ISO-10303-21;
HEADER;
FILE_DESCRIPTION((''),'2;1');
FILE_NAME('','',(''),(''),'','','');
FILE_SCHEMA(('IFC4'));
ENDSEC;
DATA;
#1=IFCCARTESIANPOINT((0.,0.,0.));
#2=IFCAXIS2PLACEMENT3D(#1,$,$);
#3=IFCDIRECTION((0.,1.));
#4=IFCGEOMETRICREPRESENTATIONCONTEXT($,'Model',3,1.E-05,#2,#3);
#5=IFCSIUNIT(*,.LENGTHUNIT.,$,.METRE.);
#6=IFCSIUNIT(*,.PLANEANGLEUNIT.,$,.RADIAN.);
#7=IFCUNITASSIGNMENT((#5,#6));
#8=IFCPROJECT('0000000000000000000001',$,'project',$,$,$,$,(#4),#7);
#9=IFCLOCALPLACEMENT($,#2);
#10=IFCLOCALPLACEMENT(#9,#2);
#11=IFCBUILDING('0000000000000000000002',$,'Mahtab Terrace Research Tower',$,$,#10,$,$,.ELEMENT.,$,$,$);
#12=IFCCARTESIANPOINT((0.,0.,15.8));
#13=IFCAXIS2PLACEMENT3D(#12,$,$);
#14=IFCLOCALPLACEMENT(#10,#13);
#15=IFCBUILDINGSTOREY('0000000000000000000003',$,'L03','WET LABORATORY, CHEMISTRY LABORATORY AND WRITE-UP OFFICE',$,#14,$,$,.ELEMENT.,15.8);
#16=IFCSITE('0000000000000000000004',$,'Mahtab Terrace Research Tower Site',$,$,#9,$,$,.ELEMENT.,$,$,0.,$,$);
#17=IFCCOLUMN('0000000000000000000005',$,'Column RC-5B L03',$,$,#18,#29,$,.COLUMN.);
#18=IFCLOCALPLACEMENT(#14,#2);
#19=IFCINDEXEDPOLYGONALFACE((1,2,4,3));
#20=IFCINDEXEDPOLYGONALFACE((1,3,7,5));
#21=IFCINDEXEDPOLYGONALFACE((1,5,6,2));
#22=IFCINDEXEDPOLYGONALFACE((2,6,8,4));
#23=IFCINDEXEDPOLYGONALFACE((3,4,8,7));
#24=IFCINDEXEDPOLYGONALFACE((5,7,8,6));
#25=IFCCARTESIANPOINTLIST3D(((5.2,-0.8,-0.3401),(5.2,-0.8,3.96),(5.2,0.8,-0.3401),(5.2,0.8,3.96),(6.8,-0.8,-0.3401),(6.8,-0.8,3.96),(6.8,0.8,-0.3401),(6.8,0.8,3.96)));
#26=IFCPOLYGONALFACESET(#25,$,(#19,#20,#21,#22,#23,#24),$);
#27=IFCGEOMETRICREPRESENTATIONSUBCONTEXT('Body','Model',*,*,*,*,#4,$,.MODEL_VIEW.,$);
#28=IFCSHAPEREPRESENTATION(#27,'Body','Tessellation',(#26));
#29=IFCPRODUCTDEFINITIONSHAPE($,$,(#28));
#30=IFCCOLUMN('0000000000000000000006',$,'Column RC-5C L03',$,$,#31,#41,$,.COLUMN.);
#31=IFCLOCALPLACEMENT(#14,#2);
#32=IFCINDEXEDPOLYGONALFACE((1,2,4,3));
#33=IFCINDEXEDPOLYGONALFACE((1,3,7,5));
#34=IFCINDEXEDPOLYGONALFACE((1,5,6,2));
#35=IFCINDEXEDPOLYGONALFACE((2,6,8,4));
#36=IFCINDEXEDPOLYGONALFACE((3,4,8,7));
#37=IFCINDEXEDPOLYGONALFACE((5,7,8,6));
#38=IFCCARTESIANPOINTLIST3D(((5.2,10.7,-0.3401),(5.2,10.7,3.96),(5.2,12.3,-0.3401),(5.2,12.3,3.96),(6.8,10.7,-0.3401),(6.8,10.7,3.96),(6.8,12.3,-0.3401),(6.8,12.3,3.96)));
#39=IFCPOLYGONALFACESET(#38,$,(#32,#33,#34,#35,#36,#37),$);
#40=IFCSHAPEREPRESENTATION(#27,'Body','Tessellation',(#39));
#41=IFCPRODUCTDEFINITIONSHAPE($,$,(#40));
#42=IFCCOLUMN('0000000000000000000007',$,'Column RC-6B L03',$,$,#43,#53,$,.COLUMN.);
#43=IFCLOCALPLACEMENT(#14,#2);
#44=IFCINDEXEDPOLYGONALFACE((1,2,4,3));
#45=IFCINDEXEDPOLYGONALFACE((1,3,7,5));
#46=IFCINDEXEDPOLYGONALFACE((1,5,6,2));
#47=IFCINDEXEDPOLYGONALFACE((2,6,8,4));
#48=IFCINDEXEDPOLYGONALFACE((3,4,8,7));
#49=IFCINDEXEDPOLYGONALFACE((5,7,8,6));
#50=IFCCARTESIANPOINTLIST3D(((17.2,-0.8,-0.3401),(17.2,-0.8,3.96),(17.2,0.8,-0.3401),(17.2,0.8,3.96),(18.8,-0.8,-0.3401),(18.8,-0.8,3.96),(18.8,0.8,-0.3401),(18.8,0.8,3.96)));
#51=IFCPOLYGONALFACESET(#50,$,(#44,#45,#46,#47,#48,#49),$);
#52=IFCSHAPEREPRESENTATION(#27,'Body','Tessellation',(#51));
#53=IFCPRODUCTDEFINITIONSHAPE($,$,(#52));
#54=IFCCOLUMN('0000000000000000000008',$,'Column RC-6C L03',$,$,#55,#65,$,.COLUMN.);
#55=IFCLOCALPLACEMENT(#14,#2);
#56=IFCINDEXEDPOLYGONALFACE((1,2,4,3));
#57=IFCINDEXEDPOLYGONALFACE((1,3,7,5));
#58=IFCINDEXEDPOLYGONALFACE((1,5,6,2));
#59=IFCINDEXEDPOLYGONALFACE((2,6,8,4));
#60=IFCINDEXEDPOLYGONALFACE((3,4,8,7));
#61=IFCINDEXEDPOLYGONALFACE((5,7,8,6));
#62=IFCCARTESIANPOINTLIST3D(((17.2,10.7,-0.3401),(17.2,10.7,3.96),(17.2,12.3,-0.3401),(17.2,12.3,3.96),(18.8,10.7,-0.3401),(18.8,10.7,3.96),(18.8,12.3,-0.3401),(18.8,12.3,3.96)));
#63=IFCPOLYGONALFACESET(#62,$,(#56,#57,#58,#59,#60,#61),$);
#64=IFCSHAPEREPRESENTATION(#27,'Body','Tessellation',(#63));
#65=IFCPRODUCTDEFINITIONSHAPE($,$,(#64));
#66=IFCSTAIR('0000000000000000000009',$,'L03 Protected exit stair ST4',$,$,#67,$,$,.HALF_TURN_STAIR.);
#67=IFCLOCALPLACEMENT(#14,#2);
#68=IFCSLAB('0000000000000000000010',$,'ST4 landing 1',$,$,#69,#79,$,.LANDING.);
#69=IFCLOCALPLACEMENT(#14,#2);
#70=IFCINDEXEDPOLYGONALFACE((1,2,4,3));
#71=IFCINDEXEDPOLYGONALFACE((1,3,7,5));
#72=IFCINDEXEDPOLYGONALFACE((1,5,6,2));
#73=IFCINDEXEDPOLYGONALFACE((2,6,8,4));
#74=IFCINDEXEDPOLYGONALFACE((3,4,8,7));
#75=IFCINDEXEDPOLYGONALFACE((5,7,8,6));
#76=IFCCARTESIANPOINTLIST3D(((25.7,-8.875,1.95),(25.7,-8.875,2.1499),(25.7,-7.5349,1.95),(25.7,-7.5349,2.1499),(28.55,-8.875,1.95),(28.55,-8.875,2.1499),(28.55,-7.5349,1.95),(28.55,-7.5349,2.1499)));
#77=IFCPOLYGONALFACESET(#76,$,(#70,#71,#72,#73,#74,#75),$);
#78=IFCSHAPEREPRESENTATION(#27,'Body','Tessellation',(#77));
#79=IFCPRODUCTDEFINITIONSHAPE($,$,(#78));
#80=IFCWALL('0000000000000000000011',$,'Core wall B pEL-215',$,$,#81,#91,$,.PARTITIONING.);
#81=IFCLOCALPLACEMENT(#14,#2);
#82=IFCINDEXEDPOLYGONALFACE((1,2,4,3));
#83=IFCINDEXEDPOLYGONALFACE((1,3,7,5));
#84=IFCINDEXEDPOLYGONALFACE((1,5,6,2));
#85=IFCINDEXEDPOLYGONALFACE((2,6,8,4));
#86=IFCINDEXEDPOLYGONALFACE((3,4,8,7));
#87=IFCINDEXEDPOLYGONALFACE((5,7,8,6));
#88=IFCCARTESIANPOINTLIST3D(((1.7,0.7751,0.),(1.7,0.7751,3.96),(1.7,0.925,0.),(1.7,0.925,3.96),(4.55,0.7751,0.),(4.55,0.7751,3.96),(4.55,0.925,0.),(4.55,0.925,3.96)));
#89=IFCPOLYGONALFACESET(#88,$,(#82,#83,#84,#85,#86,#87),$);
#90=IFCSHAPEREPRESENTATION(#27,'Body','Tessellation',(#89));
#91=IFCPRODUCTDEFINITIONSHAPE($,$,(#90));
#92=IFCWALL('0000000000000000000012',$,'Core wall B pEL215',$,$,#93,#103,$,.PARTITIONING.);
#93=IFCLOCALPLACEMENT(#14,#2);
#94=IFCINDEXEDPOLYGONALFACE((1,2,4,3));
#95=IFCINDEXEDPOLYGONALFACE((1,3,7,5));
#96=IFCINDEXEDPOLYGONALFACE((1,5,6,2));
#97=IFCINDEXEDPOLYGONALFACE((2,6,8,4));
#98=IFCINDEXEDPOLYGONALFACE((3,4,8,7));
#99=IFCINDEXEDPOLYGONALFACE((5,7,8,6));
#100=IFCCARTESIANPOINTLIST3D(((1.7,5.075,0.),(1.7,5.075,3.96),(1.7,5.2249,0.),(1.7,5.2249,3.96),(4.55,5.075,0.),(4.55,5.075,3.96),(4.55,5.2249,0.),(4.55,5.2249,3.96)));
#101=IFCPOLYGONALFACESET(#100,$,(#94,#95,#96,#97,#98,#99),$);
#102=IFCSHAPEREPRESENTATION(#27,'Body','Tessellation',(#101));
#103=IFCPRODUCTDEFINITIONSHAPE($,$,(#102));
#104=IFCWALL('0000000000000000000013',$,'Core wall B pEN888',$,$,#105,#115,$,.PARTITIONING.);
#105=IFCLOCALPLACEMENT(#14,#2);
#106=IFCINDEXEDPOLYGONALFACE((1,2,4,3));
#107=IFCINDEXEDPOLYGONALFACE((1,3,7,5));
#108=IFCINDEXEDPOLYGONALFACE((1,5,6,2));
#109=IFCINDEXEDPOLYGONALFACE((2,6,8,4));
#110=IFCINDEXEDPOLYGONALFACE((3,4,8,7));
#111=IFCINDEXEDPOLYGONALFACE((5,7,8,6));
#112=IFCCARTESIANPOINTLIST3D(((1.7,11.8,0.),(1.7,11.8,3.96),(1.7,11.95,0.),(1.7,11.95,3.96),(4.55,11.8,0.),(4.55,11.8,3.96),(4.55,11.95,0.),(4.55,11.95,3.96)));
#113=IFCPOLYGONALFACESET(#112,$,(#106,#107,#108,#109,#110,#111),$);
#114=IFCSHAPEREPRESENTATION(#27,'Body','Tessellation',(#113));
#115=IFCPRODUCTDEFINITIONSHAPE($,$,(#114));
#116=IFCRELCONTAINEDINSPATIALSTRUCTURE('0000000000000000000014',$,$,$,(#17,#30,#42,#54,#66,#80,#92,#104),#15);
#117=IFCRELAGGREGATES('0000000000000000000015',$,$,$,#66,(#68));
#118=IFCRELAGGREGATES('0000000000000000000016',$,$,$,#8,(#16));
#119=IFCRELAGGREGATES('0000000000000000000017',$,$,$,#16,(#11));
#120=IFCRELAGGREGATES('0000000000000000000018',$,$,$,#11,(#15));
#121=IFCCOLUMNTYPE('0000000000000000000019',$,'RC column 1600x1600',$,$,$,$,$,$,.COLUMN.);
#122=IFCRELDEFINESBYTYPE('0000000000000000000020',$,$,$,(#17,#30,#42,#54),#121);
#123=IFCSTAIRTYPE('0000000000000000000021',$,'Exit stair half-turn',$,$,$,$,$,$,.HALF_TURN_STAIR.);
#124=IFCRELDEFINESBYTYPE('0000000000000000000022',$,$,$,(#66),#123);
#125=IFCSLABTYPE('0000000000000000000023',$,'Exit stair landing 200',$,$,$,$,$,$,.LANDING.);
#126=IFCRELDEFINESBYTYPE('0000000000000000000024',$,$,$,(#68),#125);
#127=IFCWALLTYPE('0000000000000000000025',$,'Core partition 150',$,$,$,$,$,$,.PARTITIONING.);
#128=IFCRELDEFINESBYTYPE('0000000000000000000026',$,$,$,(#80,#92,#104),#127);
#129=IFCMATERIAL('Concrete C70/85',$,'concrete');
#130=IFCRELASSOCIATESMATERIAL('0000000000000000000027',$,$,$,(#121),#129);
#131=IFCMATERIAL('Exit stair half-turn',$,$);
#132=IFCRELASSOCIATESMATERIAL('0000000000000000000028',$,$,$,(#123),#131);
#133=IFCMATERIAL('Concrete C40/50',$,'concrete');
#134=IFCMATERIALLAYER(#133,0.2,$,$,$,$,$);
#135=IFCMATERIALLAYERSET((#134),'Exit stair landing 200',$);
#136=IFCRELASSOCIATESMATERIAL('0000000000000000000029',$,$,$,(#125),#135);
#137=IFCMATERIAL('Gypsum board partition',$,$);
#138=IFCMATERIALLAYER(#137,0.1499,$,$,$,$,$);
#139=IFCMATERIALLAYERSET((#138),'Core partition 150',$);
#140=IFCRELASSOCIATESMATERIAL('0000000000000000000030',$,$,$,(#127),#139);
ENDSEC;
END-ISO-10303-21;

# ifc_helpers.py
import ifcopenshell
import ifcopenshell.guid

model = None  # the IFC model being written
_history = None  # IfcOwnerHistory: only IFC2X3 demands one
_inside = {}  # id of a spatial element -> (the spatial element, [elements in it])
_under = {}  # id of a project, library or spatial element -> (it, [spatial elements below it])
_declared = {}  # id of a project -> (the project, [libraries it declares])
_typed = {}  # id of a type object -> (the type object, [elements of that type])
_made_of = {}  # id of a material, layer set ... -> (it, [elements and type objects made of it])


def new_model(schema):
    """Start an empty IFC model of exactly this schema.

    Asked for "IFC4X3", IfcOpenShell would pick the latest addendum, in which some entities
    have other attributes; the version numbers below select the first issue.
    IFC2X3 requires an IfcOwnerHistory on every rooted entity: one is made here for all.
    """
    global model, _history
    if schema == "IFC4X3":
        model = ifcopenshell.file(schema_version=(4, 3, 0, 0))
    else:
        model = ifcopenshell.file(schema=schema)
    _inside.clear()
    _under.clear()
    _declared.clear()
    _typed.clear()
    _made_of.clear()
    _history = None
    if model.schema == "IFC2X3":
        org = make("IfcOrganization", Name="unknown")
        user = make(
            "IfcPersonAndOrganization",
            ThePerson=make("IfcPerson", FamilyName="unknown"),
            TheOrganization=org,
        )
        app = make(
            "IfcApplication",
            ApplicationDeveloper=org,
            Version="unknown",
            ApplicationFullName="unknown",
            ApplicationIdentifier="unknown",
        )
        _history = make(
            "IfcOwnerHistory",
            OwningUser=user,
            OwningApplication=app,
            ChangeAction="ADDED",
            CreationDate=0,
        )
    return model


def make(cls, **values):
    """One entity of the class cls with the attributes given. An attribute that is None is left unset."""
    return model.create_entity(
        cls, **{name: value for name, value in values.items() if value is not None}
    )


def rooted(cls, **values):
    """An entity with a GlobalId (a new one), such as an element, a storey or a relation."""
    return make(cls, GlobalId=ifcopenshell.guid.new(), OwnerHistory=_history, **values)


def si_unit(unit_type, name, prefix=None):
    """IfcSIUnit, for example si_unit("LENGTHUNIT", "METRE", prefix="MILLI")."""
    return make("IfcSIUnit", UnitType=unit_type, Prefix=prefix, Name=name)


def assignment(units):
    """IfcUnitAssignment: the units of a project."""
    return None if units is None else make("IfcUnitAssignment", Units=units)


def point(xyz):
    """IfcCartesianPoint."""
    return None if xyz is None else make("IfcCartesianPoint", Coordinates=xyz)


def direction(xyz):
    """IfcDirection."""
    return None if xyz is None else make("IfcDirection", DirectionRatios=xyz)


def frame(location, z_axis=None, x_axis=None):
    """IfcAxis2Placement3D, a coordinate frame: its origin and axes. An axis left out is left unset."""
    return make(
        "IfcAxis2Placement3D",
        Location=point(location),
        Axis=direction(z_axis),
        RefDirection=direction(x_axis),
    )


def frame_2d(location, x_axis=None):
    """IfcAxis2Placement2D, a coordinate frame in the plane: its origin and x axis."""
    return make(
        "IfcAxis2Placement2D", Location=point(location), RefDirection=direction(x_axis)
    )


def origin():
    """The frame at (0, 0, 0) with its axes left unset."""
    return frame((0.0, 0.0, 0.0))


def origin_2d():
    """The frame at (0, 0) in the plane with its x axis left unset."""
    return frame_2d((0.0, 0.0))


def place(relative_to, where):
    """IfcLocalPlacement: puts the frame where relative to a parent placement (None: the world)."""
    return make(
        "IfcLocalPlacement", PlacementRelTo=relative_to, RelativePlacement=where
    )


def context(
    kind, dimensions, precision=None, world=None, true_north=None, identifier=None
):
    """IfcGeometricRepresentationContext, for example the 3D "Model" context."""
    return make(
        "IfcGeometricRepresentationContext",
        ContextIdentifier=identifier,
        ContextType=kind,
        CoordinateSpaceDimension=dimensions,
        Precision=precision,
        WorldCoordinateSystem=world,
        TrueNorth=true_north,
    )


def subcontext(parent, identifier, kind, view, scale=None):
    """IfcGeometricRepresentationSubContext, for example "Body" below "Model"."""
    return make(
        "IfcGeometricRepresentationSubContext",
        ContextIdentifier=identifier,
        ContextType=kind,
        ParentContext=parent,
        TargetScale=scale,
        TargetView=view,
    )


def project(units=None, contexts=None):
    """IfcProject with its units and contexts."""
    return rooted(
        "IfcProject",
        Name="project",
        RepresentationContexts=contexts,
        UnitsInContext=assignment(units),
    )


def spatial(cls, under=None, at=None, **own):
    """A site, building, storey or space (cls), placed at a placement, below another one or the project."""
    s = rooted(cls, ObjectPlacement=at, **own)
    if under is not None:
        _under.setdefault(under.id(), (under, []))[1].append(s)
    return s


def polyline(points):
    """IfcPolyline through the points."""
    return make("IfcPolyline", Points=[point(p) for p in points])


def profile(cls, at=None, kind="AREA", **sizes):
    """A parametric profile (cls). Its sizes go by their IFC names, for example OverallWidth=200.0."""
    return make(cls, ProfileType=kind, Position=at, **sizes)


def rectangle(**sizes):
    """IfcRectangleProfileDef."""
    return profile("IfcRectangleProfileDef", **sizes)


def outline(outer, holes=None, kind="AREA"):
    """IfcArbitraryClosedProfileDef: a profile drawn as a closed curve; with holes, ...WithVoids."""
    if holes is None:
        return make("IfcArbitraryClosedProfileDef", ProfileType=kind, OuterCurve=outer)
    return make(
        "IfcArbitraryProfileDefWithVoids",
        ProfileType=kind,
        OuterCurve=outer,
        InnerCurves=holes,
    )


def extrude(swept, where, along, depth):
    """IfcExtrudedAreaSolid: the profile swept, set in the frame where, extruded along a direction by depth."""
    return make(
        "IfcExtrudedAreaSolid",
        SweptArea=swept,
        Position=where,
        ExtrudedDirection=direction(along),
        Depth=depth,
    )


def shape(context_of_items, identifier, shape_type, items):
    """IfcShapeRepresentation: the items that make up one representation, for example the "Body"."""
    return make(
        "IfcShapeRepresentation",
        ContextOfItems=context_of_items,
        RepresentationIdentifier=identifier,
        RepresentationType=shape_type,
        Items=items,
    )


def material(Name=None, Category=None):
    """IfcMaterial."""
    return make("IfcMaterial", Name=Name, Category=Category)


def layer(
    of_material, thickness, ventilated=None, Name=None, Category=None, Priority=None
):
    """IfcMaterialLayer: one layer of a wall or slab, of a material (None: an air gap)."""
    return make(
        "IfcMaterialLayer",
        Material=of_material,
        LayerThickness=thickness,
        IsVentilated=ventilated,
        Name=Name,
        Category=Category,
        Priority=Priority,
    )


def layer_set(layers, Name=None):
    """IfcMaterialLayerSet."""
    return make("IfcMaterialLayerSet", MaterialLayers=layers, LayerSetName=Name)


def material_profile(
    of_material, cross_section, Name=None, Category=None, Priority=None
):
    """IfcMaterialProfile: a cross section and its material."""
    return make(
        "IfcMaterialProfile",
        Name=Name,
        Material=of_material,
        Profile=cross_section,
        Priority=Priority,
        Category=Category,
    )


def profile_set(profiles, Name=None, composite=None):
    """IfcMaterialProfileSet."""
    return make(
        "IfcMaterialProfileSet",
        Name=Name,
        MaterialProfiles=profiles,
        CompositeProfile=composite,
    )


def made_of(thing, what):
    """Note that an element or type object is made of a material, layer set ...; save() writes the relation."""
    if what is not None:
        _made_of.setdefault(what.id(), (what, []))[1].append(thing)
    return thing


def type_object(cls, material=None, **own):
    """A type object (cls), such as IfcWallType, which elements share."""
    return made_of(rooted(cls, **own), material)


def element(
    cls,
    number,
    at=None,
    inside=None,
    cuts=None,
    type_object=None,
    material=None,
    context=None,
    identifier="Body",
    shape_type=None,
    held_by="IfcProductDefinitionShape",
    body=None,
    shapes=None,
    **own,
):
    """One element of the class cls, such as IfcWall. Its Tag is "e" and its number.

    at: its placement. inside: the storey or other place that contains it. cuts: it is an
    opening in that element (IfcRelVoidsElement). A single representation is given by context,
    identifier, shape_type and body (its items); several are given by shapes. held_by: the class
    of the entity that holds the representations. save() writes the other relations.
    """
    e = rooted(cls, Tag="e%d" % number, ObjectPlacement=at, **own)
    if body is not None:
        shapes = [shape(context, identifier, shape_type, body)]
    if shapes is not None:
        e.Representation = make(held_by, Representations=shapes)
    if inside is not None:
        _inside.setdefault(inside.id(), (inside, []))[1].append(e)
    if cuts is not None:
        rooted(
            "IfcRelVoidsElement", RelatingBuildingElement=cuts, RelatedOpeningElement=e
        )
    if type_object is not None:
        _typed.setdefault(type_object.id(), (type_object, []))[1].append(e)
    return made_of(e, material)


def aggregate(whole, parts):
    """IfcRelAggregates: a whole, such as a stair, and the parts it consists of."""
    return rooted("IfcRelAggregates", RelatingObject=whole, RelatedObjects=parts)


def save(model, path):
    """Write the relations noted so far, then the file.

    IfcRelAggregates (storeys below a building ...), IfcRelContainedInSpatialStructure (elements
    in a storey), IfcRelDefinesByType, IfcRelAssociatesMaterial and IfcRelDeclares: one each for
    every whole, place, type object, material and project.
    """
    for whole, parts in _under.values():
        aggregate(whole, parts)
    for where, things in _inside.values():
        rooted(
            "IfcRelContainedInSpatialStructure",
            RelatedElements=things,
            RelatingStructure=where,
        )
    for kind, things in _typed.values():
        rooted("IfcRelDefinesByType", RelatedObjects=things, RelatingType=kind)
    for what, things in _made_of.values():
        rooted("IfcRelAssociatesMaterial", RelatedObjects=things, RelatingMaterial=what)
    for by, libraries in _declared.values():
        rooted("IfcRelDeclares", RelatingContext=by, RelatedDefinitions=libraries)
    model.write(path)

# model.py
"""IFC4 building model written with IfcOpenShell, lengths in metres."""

from ifc_helpers import new_model, si_unit, direction, frame, frame_2d, origin, origin_2d, place, context, subcontext, project, spatial, polyline, rectangle, outline, extrude, material, layer, layer_set, material_profile, profile_set, type_object, element, aggregate, save


model = new_model("IFC4")

# Units and contexts
model_context = context("Model", 3, precision=1e-05, world=origin(), true_north=direction((0.0, 1.0)))
body_context = subcontext(model_context, "Body", "Model", "MODEL_VIEW")
ifc_project = project(units=[si_unit("LENGTHUNIT", "METRE"), si_unit("PLANEANGLEUNIT", "RADIAN")], contexts=[model_context])

# Site, building, storey
site_placement = place(None, origin())
site = spatial("IfcSite", under=ifc_project, at=site_placement, Name="Mahtab Terrace Research Tower Site", CompositionType="ELEMENT", RefElevation=0.0)
building_placement = place(site_placement, origin())
building = spatial("IfcBuilding", under=site, at=building_placement, Name="Mahtab Terrace Research Tower", CompositionType="ELEMENT")
storey_placement = place(building_placement, frame((0.0, 0.0, 15.8)))
storey = spatial("IfcBuildingStorey", under=building, at=storey_placement, Name="L03", Description="WET LABORATORY, CHEMISTRY LABORATORY AND WRITE-UP OFFICE", CompositionType="ELEMENT", Elevation=15.8)

# Columns
ifc_material_1 = material(Name="Concrete C70/85", Category="concrete")
ifc_material_profile = material_profile(ifc_material_1, rectangle(XDim=1.6001, YDim=1.6001, at=origin_2d()), Name="RC column 1600x1600")
ifc_profile_set = profile_set([ifc_material_profile], Name="Concrete C70/85")
column_type = type_object("IfcColumnType", Name="RC column 1600x1600", PredefinedType="COLUMN", material=ifc_profile_set)
for number, where, z_axis, x_axis, name in (
    (1, (6.0, 0.0, -0.3401), (0.0, 0.0, 1.0), (1.0, 0.0, 0.0), "Column RC-5B L03"),
    (2, (6.0, 11.5, -0.3401), (0.0, 0.0, 1.0), (1.0, 0.0, 0.0), "Column RC-5C L03"),
    (3, (18.0, 0.0, -0.3401), (0.0, 0.0, 1.0), (1.0, 0.0, 0.0), "Column RC-6B L03"),
    (4, (18.0, 11.5, -0.3401), (0.0, 0.0, 1.0), (1.0, 0.0, 0.0), "Column RC-6C L03"),
):
    element("IfcColumn", number, at=place(storey_placement, frame(where, z_axis=z_axis, x_axis=x_axis)), inside=storey, type_object=column_type, Name=name, PredefinedType="COLUMN", context=body_context, shape_type="SweptSolid", body=[
        extrude(rectangle(XDim=1.6001, YDim=1.6001, at=origin_2d()), origin(), (0.0, 0.0, 1.0), 4.3),
    ])

# Stair, slab
ifc_material_2 = material(Name="Exit stair half-turn")
stair_type = type_object("IfcStairType", Name="Exit stair half-turn", PredefinedType="HALF_TURN_STAIR", material=ifc_material_2)
stair_placement = place(storey_placement, origin())
stair = element("IfcStair", 5, at=stair_placement, inside=storey, type_object=stair_type, Name="L03 Protected exit stair ST4", PredefinedType="HALF_TURN_STAIR")
ifc_material_3 = material(Name="Concrete C40/50", Category="concrete")
ifc_layer_1 = layer(ifc_material_3, 0.2)
ifc_layer_set_1 = layer_set([ifc_layer_1], Name="Exit stair landing 200")
slab_type = type_object("IfcSlabType", Name="Exit stair landing 200", PredefinedType="LANDING", material=ifc_layer_set_1)
slab_placement = place(storey_placement, frame((0.0, 0.0, 1.95)))
slab = element("IfcSlab", 6, at=slab_placement, type_object=slab_type, Name="ST4 landing 1", PredefinedType="LANDING", context=body_context, shape_type="SweptSolid", body=[
    extrude(outline(polyline([(25.7, -7.5349), (25.7, -8.875), (28.55, -8.875), (28.55, -7.5349), (25.7, -7.5349)])), origin(), (0.0, 0.0, 1.0), 0.2),
])
aggregate(stair, [slab])

# Walls
ifc_material_4 = material(Name="Gypsum board partition")
ifc_layer_2 = layer(ifc_material_4, 0.1499)
ifc_layer_set_2 = layer_set([ifc_layer_2], Name="Core partition 150")
wall_type_1 = type_object("IfcWallType", Name="Core partition 150", PredefinedType="PARTITIONING", material=ifc_layer_set_2)
for number, where, z_axis, x_axis, name in (
    (7, (1.7, 0.8501, 0.0), (0.0, 0.0, 1.0), (1.0, 0.0, 0.0), "Core wall B pEL-215"),
    (8, (1.7, 5.1499, 0.0), (0.0, 0.0, 1.0), (1.0, 0.0, 0.0), "Core wall B pEL215"),
    (9, (1.7, 11.875, 0.0), (0.0, 0.0, 1.0), (1.0, 0.0, 0.0), "Core wall B pEN888"),
):
    element("IfcWall", number, at=place(storey_placement, frame(where, z_axis=z_axis, x_axis=x_axis)), inside=storey, type_object=wall_type_1, Name=name, PredefinedType="PARTITIONING", context=body_context, shape_type="SweptSolid", body=[
        extrude(rectangle(XDim=2.8501, YDim=0.1499, at=frame_2d((1.425, 0.0))), origin(), (0.0, 0.0, 1.0), 3.96),
    ])

save(model, "model.ifc")
